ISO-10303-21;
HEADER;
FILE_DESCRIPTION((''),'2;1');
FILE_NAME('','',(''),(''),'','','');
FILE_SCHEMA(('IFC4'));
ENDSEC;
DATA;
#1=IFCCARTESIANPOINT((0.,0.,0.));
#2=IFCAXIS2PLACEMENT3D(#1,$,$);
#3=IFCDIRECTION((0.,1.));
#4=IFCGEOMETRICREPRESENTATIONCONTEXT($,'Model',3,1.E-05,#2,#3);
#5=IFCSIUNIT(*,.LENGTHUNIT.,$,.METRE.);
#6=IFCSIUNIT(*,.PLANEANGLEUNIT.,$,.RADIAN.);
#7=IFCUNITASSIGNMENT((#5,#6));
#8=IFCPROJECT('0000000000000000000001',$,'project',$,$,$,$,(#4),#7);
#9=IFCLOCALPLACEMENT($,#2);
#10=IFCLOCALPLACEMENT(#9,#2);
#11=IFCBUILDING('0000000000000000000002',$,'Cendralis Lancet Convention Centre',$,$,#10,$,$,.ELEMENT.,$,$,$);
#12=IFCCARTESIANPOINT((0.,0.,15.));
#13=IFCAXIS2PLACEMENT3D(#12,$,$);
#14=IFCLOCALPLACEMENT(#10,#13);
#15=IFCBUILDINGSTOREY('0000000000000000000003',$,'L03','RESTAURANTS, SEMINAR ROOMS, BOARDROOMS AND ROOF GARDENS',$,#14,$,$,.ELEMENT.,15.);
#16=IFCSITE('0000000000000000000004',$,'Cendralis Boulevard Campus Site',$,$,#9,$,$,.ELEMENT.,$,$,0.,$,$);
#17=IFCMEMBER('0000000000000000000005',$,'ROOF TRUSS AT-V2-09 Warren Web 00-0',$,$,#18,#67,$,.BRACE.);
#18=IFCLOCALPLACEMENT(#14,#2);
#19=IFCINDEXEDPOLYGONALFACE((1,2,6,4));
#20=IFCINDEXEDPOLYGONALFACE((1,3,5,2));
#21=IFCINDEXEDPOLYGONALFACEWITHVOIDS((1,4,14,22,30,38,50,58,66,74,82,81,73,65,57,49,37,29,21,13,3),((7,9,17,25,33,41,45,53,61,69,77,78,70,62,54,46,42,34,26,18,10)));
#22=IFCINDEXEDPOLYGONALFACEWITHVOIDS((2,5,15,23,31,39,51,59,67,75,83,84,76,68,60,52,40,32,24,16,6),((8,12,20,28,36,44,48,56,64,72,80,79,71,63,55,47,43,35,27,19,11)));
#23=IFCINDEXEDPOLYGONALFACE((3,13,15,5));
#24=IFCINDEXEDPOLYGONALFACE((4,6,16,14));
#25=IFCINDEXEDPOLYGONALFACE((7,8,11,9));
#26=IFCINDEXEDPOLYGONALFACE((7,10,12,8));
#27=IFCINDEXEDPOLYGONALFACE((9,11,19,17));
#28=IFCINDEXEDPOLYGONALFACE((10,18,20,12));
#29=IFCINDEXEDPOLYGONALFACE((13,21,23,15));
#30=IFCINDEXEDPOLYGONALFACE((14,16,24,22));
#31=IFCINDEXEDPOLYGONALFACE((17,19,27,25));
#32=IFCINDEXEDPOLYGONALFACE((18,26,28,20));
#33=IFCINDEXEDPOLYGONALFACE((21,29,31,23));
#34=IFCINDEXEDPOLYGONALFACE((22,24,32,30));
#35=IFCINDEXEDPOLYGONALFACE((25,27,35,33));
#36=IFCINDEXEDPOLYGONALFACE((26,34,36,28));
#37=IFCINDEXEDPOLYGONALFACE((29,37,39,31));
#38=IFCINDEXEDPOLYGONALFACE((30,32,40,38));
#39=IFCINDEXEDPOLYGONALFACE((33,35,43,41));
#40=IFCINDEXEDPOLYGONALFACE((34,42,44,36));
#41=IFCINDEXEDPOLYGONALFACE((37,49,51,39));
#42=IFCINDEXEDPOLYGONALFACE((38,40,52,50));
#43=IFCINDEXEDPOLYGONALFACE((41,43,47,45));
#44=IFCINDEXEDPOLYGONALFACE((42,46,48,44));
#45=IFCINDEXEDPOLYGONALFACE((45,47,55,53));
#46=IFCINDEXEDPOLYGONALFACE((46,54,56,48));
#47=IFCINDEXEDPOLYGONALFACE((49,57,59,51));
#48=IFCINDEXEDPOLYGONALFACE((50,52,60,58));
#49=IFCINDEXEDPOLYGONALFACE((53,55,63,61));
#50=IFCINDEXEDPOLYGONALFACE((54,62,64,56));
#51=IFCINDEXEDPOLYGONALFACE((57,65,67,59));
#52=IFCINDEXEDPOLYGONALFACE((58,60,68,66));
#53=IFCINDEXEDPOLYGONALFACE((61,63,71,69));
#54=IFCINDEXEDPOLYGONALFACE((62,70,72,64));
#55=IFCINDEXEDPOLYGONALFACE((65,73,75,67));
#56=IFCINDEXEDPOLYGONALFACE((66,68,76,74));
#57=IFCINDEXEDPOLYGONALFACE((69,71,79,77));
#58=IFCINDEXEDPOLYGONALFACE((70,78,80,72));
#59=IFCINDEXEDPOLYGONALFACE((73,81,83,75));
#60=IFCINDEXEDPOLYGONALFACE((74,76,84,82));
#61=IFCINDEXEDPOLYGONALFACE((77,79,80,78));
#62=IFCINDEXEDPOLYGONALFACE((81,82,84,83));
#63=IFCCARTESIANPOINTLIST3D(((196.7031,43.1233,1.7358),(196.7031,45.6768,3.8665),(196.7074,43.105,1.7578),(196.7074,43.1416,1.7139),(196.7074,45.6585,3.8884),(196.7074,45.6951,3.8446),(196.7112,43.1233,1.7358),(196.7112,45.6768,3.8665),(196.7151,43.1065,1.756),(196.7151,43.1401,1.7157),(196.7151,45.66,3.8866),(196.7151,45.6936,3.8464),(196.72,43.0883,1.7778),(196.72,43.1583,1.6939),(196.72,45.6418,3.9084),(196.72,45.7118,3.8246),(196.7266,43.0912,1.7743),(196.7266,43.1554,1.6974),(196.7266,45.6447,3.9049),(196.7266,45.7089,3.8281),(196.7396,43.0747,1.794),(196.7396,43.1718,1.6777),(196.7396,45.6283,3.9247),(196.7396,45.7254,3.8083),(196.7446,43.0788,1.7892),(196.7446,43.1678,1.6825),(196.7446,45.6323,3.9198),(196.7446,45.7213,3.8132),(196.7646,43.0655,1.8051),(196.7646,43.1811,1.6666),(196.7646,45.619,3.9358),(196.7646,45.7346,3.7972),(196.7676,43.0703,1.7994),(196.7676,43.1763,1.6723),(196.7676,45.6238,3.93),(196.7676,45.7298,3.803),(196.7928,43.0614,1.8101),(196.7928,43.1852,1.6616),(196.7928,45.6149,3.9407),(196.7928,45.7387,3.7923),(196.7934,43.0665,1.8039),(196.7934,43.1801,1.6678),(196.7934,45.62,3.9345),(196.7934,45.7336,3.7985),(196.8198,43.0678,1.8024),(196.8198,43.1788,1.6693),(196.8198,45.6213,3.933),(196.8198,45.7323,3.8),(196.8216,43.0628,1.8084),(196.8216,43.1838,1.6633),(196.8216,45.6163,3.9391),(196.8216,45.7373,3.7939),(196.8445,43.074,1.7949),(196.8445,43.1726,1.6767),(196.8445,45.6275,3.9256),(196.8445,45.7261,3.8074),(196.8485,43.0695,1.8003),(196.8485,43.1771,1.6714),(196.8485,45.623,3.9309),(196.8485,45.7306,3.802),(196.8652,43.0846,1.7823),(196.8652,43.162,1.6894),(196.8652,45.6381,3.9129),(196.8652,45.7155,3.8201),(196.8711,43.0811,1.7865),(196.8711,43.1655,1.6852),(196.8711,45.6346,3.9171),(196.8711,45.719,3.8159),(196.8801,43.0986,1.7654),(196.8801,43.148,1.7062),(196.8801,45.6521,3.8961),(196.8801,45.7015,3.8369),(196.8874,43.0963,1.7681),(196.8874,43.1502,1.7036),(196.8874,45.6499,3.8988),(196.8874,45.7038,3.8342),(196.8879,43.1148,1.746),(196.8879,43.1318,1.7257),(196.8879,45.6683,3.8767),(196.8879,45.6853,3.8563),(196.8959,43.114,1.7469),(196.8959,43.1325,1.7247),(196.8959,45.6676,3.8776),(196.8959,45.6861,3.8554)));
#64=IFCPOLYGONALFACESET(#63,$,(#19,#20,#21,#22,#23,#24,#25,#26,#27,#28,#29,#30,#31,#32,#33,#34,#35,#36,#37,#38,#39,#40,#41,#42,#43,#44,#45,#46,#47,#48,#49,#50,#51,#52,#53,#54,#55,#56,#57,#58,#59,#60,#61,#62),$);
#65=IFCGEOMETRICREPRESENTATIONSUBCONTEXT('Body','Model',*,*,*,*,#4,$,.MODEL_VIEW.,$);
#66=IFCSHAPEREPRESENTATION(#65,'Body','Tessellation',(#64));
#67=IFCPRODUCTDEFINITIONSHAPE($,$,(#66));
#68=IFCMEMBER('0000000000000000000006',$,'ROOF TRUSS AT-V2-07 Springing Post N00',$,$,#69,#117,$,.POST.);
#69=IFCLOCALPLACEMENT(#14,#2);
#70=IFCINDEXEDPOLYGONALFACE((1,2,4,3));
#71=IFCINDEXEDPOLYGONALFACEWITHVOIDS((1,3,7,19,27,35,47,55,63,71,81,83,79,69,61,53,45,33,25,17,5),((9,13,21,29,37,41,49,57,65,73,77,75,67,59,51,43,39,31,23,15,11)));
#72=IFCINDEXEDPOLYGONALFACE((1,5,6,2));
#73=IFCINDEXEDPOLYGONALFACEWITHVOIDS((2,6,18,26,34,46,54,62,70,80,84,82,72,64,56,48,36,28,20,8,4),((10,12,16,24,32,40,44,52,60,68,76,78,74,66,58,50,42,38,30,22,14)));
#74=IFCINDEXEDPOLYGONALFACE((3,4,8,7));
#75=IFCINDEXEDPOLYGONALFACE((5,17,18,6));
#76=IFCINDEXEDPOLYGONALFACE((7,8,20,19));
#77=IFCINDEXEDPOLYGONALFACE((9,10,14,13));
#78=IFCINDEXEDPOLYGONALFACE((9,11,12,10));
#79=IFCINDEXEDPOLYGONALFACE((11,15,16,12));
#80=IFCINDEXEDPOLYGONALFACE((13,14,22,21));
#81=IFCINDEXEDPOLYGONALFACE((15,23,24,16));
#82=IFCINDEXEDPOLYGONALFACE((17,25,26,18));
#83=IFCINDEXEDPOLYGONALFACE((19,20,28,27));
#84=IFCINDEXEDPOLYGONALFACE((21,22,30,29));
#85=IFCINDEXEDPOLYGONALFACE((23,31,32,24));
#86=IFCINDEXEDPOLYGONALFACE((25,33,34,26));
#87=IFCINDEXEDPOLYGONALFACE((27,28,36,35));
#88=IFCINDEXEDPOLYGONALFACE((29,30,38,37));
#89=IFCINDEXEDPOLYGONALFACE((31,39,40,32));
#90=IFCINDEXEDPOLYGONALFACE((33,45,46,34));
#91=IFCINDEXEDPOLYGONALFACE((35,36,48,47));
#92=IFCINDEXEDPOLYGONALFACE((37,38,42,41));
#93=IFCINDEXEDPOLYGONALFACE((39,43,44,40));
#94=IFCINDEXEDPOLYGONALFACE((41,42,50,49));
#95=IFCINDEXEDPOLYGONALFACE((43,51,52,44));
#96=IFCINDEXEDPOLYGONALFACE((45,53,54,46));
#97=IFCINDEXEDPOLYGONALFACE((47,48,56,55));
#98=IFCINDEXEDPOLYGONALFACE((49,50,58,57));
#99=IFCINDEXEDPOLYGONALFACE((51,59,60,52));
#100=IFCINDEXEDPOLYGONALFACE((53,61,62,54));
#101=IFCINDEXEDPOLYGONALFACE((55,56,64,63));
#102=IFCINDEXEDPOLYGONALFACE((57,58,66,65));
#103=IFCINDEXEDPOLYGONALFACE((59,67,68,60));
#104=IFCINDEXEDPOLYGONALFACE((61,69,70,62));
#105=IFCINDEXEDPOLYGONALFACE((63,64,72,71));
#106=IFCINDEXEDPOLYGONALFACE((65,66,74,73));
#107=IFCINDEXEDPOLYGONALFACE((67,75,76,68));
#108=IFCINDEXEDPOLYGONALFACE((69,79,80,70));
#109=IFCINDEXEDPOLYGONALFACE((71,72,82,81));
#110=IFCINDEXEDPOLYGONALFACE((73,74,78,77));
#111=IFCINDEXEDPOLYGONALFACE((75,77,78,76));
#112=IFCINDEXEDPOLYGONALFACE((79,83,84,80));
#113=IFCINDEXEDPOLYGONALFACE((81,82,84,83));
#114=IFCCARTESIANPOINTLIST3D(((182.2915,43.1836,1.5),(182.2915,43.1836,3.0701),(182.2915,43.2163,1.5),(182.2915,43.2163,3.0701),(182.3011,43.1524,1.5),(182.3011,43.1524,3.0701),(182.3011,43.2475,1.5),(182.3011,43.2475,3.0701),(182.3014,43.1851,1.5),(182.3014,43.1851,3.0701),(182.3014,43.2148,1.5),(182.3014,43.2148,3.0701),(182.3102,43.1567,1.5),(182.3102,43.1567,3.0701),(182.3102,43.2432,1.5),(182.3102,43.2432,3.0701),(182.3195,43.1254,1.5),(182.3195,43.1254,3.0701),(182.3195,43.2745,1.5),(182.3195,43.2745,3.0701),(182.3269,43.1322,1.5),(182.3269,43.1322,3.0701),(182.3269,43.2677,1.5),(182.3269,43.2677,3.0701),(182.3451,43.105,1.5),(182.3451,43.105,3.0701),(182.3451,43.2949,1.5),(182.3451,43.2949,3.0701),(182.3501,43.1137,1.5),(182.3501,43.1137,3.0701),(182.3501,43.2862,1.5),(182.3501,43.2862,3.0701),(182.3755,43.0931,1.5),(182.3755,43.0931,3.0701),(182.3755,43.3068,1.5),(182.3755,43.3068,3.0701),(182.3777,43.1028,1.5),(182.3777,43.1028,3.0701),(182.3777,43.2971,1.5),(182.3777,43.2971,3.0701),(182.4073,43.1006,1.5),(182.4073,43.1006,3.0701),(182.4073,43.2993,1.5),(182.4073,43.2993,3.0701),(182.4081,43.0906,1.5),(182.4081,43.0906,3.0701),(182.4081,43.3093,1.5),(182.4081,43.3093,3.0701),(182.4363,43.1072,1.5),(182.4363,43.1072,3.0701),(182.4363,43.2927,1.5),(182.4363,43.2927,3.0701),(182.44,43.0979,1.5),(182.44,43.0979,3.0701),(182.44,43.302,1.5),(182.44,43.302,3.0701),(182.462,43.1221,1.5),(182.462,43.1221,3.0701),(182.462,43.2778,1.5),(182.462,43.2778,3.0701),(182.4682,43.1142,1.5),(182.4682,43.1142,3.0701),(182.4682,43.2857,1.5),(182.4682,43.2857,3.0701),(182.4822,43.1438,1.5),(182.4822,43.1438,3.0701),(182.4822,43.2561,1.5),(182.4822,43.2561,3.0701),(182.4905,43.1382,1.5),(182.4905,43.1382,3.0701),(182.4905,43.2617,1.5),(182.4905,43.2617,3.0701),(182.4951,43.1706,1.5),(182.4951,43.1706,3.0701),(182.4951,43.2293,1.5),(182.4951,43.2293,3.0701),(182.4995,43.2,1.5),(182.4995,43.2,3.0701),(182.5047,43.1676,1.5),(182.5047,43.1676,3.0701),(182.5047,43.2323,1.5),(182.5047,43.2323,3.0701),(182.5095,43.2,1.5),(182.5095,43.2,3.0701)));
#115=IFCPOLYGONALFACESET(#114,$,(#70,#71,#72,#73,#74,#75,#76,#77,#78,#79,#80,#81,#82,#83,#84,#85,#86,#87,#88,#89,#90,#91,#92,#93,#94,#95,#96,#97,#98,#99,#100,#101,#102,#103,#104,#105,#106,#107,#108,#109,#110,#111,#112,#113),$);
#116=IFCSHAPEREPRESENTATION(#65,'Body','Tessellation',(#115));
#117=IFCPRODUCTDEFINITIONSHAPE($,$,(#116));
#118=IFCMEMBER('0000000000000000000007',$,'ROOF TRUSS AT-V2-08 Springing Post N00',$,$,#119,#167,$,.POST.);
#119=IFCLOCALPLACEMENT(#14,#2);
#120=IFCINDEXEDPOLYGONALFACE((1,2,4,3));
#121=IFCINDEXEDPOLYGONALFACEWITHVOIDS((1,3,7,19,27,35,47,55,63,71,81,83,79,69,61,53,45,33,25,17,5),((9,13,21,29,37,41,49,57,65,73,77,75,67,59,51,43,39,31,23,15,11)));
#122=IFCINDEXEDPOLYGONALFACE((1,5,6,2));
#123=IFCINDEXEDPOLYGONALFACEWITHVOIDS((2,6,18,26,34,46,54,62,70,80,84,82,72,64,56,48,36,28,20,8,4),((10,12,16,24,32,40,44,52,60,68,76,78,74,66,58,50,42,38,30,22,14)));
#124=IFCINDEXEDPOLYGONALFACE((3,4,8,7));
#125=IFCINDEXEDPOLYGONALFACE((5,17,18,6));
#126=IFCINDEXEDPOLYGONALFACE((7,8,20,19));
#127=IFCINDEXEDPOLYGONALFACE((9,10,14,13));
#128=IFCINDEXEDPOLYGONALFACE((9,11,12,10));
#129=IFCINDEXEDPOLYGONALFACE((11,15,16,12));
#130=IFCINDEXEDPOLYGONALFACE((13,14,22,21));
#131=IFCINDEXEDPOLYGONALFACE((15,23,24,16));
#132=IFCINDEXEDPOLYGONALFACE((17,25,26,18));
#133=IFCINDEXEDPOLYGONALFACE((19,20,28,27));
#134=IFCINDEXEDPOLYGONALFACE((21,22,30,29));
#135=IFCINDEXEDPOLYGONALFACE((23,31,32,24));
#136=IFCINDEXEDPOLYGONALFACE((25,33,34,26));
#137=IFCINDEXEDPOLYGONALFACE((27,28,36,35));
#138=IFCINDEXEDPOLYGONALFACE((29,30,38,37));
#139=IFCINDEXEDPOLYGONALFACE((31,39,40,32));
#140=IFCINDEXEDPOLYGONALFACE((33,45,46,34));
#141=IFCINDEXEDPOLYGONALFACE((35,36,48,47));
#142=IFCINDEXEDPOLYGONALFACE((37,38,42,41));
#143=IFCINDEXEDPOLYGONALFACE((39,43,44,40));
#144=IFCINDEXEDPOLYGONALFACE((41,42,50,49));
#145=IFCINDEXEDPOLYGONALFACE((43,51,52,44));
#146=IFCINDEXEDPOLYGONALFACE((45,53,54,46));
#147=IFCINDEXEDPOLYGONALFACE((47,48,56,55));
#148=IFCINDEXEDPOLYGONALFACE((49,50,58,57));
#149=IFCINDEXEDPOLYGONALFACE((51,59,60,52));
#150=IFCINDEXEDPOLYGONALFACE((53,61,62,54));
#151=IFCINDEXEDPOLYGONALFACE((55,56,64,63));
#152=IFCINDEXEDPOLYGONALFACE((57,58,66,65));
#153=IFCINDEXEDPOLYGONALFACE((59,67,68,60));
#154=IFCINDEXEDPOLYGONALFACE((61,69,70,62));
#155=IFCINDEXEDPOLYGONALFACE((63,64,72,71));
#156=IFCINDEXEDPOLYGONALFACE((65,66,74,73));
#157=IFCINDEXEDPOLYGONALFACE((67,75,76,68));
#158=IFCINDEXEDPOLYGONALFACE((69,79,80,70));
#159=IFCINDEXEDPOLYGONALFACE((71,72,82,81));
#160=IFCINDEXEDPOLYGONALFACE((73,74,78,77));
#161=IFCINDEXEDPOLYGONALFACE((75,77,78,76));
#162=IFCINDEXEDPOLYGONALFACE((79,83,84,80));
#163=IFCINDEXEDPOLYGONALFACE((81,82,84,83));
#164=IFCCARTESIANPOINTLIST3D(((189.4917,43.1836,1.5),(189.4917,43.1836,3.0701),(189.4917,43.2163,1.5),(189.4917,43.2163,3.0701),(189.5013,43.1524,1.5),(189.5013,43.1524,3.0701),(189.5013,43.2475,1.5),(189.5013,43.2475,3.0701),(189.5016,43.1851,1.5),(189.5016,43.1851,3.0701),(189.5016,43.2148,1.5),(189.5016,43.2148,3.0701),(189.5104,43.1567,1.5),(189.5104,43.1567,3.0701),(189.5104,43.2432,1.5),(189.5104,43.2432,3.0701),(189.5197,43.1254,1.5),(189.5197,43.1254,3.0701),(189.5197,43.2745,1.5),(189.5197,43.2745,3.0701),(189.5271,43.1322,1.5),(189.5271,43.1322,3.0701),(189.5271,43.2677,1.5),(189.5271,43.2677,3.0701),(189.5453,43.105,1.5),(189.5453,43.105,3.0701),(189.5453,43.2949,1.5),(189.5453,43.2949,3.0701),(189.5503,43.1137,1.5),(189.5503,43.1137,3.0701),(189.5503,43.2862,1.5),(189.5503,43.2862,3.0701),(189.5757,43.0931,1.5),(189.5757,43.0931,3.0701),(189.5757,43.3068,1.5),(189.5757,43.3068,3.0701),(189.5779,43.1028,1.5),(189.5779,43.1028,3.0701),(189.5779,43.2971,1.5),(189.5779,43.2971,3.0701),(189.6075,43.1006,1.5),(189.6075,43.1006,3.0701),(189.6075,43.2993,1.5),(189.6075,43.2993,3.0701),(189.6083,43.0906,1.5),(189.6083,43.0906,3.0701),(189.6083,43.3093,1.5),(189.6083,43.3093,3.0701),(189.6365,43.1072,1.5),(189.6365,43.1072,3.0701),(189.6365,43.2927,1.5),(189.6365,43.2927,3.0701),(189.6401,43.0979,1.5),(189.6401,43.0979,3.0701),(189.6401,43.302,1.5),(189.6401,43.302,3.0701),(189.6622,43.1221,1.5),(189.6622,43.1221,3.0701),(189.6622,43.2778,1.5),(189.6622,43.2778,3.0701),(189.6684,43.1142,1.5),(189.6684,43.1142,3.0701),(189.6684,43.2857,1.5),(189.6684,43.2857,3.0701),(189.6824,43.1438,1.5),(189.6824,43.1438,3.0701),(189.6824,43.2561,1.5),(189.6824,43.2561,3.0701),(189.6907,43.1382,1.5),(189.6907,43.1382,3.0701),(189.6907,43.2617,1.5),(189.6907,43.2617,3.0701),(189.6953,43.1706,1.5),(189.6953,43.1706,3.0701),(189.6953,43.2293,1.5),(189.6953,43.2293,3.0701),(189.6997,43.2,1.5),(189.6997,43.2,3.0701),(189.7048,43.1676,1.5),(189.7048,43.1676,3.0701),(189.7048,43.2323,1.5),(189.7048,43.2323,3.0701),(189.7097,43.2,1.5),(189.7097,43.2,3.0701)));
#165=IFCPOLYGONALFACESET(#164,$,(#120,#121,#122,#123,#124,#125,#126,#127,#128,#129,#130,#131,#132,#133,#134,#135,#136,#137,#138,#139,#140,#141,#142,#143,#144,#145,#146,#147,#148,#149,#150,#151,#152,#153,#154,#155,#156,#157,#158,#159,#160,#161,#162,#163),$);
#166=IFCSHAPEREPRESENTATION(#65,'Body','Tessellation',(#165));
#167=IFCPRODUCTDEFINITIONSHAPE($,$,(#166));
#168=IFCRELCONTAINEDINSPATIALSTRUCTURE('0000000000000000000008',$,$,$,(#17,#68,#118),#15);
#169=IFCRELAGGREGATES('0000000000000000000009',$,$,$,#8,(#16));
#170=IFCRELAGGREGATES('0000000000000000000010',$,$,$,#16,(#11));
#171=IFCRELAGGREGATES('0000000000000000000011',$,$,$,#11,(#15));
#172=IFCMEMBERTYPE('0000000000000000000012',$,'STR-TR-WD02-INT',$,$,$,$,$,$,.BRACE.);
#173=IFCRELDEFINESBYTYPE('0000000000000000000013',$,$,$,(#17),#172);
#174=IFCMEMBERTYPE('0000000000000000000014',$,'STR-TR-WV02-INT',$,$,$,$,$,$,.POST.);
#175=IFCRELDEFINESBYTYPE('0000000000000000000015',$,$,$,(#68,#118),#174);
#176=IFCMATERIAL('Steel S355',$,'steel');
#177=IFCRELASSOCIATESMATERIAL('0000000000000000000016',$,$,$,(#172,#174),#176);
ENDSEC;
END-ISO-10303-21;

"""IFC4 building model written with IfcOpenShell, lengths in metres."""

from ifc_helpers import new_model, si_unit, direction, frame, origin, origin_2d, place, context, subcontext, project, spatial, hollow_circle, extrude, material, material_profile, profile_set, type_object, element, save


model = new_model("IFC4")

# Units and contexts
model_context = context("Model", 3, precision=1e-05, world=origin(), true_north=direction((0.0, 1.0)))
body_context = subcontext(model_context, "Body", "Model", "MODEL_VIEW")
ifc_project = project(units=[si_unit("LENGTHUNIT", "METRE"), si_unit("PLANEANGLEUNIT", "RADIAN")], contexts=[model_context])

# Site, building, storey
site_placement = place(None, origin())
site = spatial("IfcSite", under=ifc_project, at=site_placement, Name="Cendralis Boulevard Campus Site", CompositionType="ELEMENT", RefElevation=0.0)
building_placement = place(site_placement, origin())
building = spatial("IfcBuilding", under=site, at=building_placement, Name="Cendralis Lancet Convention Centre", CompositionType="ELEMENT")
storey_placement = place(building_placement, frame((0.0, 0.0, 15.0)))
storey = spatial("IfcBuildingStorey", under=building, at=storey_placement, Name="L03", Description="RESTAURANTS, SEMINAR ROOMS, BOARDROOMS AND ROOF GARDENS", CompositionType="ELEMENT", Elevation=15.0)

# Shared definitions
ifc_material_1 = material(Name="Steel S355", Category="steel")

# Members
ifc_material_profile_1 = material_profile(ifc_material_1, hollow_circle(Radius=0.0969, WallThickness=0.0081, at=origin_2d()), Name="CHS 193.7x8.0")
ifc_profile_set_1 = profile_set([ifc_material_profile_1], Name="Steel S355")
member_type_1 = type_object("IfcMemberType", Name="STR-TR-WD02-INT", PredefinedType="BRACE", material=ifc_profile_set_1)
member_1_placement = place(storey_placement, frame((196.8, 43.1233, 1.7358), z_axis=(0.0, 0.767818, 0.640668), x_axis=(-1.0, 0.0, 0.0)))
element("IfcMember", 1, at=member_1_placement, inside=storey, type_object=member_type_1, Name="ROOF TRUSS AT-V2-09 Warren Web 00-0", PredefinedType="BRACE", context=body_context, shape_type="SweptSolid", body=[
    extrude(hollow_circle(Radius=0.0969, WallThickness=0.0081, at=origin_2d()), origin(), (0.0, 0.0, 1.0), 3.3257),
])
ifc_material_profile_2 = material_profile(ifc_material_1, hollow_circle(Radius=0.1096, WallThickness=0.01, at=origin_2d()), Name="CHS 219.1x10.0")
ifc_profile_set_2 = profile_set([ifc_material_profile_2], Name="Steel S355")
member_type_2 = type_object("IfcMemberType", Name="STR-TR-WV02-INT", PredefinedType="POST", material=ifc_profile_set_2)
for number, where, z_axis, x_axis, name in (
    (2, (182.3999, 43.2, 1.5), (0.0, 0.0, 1.0), (1.0, 0.0, 0.0), "ROOF TRUSS AT-V2-07 Springing Post N00"),
    (3, (189.6001, 43.2, 1.5), (0.0, 0.0, 1.0), (1.0, 0.0, 0.0), "ROOF TRUSS AT-V2-08 Springing Post N00"),
):
    element("IfcMember", number, at=place(storey_placement, frame(where, z_axis=z_axis, x_axis=x_axis)), inside=storey, type_object=member_type_2, Name=name, PredefinedType="POST", context=body_context, shape_type="SweptSolid", body=[
        extrude(hollow_circle(Radius=0.1096, WallThickness=0.01, at=origin_2d()), origin(), (0.0, 0.0, 1.0), 1.5701),
    ])

save(model, "model.ifc")
